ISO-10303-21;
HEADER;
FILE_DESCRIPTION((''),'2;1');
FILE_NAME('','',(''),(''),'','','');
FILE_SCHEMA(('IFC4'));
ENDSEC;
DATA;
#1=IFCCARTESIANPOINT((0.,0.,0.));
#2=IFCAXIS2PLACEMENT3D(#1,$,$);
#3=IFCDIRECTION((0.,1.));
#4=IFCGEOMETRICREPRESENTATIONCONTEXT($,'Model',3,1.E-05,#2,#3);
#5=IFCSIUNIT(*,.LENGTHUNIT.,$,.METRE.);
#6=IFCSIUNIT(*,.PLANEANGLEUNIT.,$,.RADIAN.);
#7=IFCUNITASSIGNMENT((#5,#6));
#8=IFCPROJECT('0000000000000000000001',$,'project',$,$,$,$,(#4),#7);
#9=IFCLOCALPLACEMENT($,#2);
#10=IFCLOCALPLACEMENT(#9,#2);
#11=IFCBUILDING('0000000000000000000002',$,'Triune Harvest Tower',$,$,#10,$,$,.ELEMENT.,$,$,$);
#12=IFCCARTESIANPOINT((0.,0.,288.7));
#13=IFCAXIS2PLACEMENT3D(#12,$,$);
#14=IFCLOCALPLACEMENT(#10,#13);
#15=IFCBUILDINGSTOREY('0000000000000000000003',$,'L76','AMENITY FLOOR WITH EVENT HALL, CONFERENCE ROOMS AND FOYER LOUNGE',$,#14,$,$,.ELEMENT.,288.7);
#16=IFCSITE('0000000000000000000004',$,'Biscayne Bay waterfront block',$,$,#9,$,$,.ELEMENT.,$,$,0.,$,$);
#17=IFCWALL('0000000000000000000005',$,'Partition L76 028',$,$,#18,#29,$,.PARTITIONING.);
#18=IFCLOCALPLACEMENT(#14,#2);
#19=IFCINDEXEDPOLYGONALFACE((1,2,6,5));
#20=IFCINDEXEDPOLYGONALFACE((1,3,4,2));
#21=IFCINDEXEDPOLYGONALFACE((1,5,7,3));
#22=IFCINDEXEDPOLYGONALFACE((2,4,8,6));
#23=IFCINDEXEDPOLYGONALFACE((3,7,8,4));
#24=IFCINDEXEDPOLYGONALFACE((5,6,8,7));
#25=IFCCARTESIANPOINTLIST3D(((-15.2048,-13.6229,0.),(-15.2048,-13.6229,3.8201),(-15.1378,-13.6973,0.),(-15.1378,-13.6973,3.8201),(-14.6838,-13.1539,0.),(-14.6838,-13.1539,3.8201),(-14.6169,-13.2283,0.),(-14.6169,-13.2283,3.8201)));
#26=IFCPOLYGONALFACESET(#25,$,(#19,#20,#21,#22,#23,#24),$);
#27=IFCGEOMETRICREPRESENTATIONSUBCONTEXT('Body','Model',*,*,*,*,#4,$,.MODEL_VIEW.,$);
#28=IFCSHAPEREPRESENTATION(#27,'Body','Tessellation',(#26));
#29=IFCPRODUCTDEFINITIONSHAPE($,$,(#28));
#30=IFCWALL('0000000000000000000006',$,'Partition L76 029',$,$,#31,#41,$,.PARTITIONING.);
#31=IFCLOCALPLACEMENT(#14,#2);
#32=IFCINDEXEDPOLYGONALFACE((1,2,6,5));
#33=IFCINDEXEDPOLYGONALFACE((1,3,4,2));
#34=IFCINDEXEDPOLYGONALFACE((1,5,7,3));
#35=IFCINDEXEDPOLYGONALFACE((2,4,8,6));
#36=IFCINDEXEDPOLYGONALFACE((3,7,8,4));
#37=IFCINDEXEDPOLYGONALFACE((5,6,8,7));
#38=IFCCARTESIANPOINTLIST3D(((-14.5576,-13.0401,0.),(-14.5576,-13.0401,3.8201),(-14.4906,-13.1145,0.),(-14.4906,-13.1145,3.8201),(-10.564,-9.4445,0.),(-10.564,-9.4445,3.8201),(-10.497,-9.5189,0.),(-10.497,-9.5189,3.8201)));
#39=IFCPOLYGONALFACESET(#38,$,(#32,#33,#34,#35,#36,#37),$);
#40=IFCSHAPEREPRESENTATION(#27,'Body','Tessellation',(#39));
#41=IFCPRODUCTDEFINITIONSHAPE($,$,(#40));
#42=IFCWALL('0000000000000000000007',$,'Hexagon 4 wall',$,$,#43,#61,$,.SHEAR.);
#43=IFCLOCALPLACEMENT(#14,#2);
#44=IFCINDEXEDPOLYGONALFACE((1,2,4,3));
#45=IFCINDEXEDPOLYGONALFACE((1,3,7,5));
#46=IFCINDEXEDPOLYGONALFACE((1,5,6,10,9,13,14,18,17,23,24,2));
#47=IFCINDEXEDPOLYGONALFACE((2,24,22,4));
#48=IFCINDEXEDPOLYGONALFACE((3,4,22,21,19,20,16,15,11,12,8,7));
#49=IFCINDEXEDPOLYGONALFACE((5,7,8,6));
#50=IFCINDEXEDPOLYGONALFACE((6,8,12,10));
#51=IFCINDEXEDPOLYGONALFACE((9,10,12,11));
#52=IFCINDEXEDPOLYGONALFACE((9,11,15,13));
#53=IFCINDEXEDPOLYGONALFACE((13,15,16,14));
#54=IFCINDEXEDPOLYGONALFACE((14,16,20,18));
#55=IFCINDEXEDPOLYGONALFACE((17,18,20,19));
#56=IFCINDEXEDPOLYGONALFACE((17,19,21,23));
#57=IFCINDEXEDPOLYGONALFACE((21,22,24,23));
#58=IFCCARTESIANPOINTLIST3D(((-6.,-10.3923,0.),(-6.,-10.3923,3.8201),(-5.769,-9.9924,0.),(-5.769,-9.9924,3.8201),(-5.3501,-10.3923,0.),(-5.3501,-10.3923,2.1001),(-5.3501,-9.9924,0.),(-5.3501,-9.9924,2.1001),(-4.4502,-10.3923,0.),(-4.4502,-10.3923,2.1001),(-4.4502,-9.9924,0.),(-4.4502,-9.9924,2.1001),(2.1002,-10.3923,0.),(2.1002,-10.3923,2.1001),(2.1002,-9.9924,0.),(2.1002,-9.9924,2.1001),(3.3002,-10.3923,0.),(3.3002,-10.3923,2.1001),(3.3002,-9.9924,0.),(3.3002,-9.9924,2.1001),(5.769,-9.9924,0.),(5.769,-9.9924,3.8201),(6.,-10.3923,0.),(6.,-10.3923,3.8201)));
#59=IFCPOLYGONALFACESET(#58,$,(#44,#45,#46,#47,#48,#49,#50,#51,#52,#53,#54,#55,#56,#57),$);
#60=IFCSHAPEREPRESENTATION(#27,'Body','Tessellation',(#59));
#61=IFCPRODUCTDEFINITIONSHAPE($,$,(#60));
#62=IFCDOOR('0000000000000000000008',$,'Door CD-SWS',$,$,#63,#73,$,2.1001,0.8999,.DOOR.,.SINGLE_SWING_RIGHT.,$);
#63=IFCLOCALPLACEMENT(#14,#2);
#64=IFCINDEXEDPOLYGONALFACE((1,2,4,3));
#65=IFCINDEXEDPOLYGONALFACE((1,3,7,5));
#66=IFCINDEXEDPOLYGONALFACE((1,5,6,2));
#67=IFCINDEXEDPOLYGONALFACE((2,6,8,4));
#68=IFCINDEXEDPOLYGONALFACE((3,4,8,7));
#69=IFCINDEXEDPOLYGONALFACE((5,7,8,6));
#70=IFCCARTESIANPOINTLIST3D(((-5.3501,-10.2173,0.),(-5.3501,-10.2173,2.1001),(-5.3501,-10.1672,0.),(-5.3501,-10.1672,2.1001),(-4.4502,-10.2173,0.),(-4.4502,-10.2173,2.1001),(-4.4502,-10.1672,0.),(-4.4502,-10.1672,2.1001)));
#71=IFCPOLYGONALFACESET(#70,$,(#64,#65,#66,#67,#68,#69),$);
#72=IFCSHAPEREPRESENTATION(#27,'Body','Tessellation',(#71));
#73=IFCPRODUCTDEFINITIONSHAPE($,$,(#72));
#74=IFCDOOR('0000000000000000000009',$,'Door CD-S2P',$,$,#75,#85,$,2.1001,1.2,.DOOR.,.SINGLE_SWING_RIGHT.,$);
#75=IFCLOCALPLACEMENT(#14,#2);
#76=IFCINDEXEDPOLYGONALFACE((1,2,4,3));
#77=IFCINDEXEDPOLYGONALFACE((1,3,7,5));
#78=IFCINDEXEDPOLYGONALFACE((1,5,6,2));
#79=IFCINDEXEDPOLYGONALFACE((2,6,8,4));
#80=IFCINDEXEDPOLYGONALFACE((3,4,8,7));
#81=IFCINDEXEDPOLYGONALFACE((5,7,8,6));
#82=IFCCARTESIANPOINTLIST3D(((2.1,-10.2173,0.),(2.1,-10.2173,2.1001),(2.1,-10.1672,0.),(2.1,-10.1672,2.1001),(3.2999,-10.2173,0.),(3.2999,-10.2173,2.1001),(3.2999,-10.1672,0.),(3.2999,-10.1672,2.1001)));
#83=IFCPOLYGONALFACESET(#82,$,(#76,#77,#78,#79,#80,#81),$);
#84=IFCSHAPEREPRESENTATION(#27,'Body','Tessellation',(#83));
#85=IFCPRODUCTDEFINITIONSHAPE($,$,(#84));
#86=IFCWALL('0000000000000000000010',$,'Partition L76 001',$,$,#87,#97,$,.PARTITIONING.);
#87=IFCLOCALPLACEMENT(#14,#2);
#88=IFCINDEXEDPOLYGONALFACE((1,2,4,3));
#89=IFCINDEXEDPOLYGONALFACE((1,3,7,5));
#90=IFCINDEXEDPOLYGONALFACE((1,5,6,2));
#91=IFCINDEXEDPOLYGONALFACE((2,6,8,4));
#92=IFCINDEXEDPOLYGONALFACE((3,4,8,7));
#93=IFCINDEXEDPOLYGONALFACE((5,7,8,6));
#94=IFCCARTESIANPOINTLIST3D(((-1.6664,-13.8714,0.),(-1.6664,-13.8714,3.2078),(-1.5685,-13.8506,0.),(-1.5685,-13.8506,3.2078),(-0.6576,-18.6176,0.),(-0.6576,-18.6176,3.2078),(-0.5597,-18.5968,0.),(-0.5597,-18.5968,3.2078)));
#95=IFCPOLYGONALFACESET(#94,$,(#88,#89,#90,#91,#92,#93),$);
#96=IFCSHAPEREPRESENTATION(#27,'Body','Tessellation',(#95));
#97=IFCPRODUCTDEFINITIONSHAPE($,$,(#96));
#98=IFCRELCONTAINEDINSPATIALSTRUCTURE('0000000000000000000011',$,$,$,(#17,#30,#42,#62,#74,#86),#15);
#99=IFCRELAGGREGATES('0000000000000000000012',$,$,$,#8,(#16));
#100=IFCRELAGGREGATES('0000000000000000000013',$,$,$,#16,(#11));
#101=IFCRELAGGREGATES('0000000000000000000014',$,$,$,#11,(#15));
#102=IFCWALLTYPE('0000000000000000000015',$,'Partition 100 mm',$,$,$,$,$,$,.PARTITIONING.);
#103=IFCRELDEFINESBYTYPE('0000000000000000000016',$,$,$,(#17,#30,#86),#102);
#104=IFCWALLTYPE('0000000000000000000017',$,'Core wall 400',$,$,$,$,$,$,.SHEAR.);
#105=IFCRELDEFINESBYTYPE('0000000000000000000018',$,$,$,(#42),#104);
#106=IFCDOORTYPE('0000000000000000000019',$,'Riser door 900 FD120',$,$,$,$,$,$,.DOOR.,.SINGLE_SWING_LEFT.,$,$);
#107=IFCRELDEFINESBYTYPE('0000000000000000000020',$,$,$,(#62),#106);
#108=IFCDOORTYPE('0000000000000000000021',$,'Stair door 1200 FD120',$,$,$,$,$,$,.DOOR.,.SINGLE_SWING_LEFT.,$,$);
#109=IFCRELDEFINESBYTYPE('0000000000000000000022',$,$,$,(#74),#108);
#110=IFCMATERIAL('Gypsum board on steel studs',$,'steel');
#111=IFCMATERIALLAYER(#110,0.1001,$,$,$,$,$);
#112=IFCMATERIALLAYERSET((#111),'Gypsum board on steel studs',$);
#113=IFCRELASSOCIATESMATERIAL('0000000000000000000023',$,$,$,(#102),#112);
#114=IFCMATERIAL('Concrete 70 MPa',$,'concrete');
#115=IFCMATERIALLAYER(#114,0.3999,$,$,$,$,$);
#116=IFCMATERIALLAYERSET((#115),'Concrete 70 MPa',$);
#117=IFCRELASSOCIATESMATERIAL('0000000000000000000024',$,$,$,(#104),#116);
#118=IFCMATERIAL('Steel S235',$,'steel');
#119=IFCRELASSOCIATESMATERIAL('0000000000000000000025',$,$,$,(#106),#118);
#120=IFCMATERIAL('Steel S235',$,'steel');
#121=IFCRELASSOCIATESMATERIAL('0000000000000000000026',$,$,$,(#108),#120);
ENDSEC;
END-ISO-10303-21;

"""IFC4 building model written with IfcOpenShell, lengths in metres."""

from ifc_helpers import new_model, si_unit, direction, frame, frame_2d, origin, place, context, subcontext, project, spatial, polyline, rectangle, outline, extrude, source, transform, mapped, material, layer, layer_set, type_object, element, fill, save


model = new_model("IFC4")

# Units and contexts
model_context = context("Model", 3, precision=1e-05, world=origin(), true_north=direction((0.0, 1.0)))
body_context = subcontext(model_context, "Body", "Model", "MODEL_VIEW")
ifc_project = project(units=[si_unit("LENGTHUNIT", "METRE"), si_unit("PLANEANGLEUNIT", "RADIAN")], contexts=[model_context])

# Site, building, storey
site_placement = place(None, origin())
site = spatial("IfcSite", under=ifc_project, at=site_placement, Name="Biscayne Bay waterfront block", CompositionType="ELEMENT", RefElevation=0.0)
building_placement = place(site_placement, origin())
building = spatial("IfcBuilding", under=site, at=building_placement, Name="Triune Harvest Tower", CompositionType="ELEMENT")
storey_placement = place(building_placement, frame((0.0, 0.0, 288.7)))
storey = spatial("IfcBuildingStorey", under=building, at=storey_placement, Name="L76", Description="AMENITY FLOOR WITH EVENT HALL, CONFERENCE ROOMS AND FOYER LOUNGE", CompositionType="ELEMENT", Elevation=288.7)

# Walls
ifc_material_1 = material(Name="Gypsum board on steel studs", Category="steel")
ifc_layer_1 = layer(ifc_material_1, 0.1001)
ifc_layer_set_1 = layer_set([ifc_layer_1], Name="Gypsum board on steel studs")
wall_type_1 = type_object("IfcWallType", Name="Partition 100 mm", PredefinedType="PARTITIONING", material=ifc_layer_set_1)
wall_1_placement = place(storey_placement, frame((-15.1714, -13.6602, 0.0), z_axis=(0.0, 0.0, 1.0), x_axis=(0.743225, 0.669042, 0.0)))
element("IfcWall", 1, at=wall_1_placement, inside=storey, type_object=wall_type_1, Name="Partition L76 028", PredefinedType="PARTITIONING", context=body_context, shape_type="SweptSolid", body=[
    extrude(rectangle(XDim=0.7009, YDim=0.1001, at=frame_2d((0.3506, 0.0))), origin(), (0.0, 0.0, 1.0), 3.8201),
])
wall_2_placement = place(storey_placement, frame((-14.5242, -13.0774, 0.0), z_axis=(0.0, 0.0, 1.0), x_axis=(0.743163, 0.66911, 0.0)))
element("IfcWall", 2, at=wall_2_placement, inside=storey, type_object=wall_type_1, Name="Partition L76 029", PredefinedType="PARTITIONING", context=body_context, shape_type="SweptSolid", body=[
    extrude(rectangle(XDim=5.3738, YDim=0.1001, at=frame_2d((2.687, 0.0))), origin(), (0.0, 0.0, 1.0), 3.8201),
])

# Wall, openings, doors
ifc_material_2 = material(Name="Concrete 70 MPa", Category="concrete")
ifc_layer_2 = layer(ifc_material_2, 0.3999)
ifc_layer_set_2 = layer_set([ifc_layer_2], Name="Concrete 70 MPa")
wall_type_2 = type_object("IfcWallType", Name="Core wall 400", PredefinedType="SHEAR", material=ifc_layer_set_2)
shared_shape_1 = source(origin(), body_context, "Body", "SweptSolid", [
    extrude(outline(polyline([(-0.1155, -0.2), (11.8845, -0.2), (11.6536, 0.2), (0.1155, 0.2), (-0.1155, -0.2)])), origin(), (0.0, 0.0, 1.0), 3.8201),
])
wall_3_placement = place(storey_placement, frame((-5.8845, -10.1924, 0.0), z_axis=(0.0, 0.0, 1.0), x_axis=(1.0, 0.0, 0.0)))
wall_3 = element("IfcWall", 3, at=wall_3_placement, inside=storey, type_object=wall_type_2, Name="Hexagon 4 wall", PredefinedType="SHEAR", context=body_context, shape_type="MappedRepresentation", body=[
    mapped(shared_shape_1, transform((0.0, 0.0, 0.0), scale=1.0)),
])
opening_1_placement = place(wall_3_placement, frame((7.9846, 0.0, 0.0)))
opening_1 = element("IfcOpeningElement", 4, at=opening_1_placement, cuts=wall_3, PredefinedType="OPENING", context=body_context, shape_type="SweptSolid", body=[
    extrude(rectangle(XDim=1.2, YDim=2.1001, at=frame_2d((0.6001, 1.05))), frame((0.0, 0.21, 0.0), z_axis=(0.0, -1.0, 0.0), x_axis=(1.0, 0.0, 0.0)), (0.0, 0.0, 1.0), 0.4199),
])
opening_2_placement = place(wall_3_placement, frame((0.5344, 0.0, 0.0)))
opening_2 = element("IfcOpeningElement", 5, at=opening_2_placement, cuts=wall_3, PredefinedType="OPENING", context=body_context, shape_type="SweptSolid", body=[
    extrude(rectangle(XDim=0.8999, YDim=2.1001, at=frame_2d((0.45, 1.05))), frame((0.0, 0.21, 0.0), z_axis=(0.0, -1.0, 0.0), x_axis=(1.0, 0.0, 0.0)), (0.0, 0.0, 1.0), 0.4199),
])
ifc_material_3 = material(Name="Steel S235", Category="steel")
door_type_1 = type_object("IfcDoorType", Name="Riser door 900 FD120", OperationType="SINGLE_SWING_LEFT", PredefinedType="DOOR", material=ifc_material_3)
door_1_placement = place(opening_2_placement, frame((0.8999, 0.0, 0.0), z_axis=(0.0, 0.0, 1.0), x_axis=(-1.0, 0.0, 0.0)))
door_1 = element("IfcDoor", 6, at=door_1_placement, inside=storey, type_object=door_type_1, Name="Door CD-SWS", OperationType="SINGLE_SWING_RIGHT", OverallHeight=2.1001, OverallWidth=0.8999, PredefinedType="DOOR", context=body_context, shape_type="SweptSolid", body=[
    extrude(rectangle(XDim=0.8999, YDim=2.1001, at=frame_2d((0.45, 1.05))), frame((0.0, 0.0249, 0.0), z_axis=(0.0, -1.0, 0.0), x_axis=(1.0, 0.0, 0.0)), (0.0, 0.0, 1.0), 0.05),
])
fill(opening_2, door_1)
ifc_material_4 = material(Name="Steel S235", Category="steel")
door_type_2 = type_object("IfcDoorType", Name="Stair door 1200 FD120", OperationType="SINGLE_SWING_LEFT", PredefinedType="DOOR", material=ifc_material_4)
door_2_placement = place(opening_1_placement, frame((1.2, 0.0, 0.0), z_axis=(0.0, 0.0, 1.0), x_axis=(-1.0, 0.0, 0.0)))
door_2 = element("IfcDoor", 7, at=door_2_placement, inside=storey, type_object=door_type_2, Name="Door CD-S2P", OperationType="SINGLE_SWING_RIGHT", OverallHeight=2.1001, OverallWidth=1.2, PredefinedType="DOOR", context=body_context, shape_type="SweptSolid", body=[
    extrude(rectangle(XDim=1.2, YDim=2.1001, at=frame_2d((0.6001, 1.05))), frame((0.0, 0.0249, 0.0), z_axis=(0.0, -1.0, 0.0), x_axis=(1.0, 0.0, 0.0)), (0.0, 0.0, 1.0), 0.05),
])
fill(opening_1, door_2)

# Wall
shared_shape_2 = source(origin(), body_context, "Body", "SweptSolid", [
    extrude(rectangle(XDim=4.8523, YDim=0.1001, at=frame_2d((2.4263, 0.0))), origin(), (0.0, 0.0, 1.0), 3.2078),
])
wall_4_placement = place(storey_placement, frame((-1.6174, -13.8608, 0.0), z_axis=(0.0, 0.0, 1.0), x_axis=(0.207897, -0.978151, 0.0)))
element("IfcWall", 8, at=wall_4_placement, inside=storey, type_object=wall_type_1, Name="Partition L76 001", PredefinedType="PARTITIONING", context=body_context, shape_type="MappedRepresentation", body=[
    mapped(shared_shape_2, transform((0.0, 0.0, 0.0), scale=1.0)),
])

save(model, "model.ifc")
